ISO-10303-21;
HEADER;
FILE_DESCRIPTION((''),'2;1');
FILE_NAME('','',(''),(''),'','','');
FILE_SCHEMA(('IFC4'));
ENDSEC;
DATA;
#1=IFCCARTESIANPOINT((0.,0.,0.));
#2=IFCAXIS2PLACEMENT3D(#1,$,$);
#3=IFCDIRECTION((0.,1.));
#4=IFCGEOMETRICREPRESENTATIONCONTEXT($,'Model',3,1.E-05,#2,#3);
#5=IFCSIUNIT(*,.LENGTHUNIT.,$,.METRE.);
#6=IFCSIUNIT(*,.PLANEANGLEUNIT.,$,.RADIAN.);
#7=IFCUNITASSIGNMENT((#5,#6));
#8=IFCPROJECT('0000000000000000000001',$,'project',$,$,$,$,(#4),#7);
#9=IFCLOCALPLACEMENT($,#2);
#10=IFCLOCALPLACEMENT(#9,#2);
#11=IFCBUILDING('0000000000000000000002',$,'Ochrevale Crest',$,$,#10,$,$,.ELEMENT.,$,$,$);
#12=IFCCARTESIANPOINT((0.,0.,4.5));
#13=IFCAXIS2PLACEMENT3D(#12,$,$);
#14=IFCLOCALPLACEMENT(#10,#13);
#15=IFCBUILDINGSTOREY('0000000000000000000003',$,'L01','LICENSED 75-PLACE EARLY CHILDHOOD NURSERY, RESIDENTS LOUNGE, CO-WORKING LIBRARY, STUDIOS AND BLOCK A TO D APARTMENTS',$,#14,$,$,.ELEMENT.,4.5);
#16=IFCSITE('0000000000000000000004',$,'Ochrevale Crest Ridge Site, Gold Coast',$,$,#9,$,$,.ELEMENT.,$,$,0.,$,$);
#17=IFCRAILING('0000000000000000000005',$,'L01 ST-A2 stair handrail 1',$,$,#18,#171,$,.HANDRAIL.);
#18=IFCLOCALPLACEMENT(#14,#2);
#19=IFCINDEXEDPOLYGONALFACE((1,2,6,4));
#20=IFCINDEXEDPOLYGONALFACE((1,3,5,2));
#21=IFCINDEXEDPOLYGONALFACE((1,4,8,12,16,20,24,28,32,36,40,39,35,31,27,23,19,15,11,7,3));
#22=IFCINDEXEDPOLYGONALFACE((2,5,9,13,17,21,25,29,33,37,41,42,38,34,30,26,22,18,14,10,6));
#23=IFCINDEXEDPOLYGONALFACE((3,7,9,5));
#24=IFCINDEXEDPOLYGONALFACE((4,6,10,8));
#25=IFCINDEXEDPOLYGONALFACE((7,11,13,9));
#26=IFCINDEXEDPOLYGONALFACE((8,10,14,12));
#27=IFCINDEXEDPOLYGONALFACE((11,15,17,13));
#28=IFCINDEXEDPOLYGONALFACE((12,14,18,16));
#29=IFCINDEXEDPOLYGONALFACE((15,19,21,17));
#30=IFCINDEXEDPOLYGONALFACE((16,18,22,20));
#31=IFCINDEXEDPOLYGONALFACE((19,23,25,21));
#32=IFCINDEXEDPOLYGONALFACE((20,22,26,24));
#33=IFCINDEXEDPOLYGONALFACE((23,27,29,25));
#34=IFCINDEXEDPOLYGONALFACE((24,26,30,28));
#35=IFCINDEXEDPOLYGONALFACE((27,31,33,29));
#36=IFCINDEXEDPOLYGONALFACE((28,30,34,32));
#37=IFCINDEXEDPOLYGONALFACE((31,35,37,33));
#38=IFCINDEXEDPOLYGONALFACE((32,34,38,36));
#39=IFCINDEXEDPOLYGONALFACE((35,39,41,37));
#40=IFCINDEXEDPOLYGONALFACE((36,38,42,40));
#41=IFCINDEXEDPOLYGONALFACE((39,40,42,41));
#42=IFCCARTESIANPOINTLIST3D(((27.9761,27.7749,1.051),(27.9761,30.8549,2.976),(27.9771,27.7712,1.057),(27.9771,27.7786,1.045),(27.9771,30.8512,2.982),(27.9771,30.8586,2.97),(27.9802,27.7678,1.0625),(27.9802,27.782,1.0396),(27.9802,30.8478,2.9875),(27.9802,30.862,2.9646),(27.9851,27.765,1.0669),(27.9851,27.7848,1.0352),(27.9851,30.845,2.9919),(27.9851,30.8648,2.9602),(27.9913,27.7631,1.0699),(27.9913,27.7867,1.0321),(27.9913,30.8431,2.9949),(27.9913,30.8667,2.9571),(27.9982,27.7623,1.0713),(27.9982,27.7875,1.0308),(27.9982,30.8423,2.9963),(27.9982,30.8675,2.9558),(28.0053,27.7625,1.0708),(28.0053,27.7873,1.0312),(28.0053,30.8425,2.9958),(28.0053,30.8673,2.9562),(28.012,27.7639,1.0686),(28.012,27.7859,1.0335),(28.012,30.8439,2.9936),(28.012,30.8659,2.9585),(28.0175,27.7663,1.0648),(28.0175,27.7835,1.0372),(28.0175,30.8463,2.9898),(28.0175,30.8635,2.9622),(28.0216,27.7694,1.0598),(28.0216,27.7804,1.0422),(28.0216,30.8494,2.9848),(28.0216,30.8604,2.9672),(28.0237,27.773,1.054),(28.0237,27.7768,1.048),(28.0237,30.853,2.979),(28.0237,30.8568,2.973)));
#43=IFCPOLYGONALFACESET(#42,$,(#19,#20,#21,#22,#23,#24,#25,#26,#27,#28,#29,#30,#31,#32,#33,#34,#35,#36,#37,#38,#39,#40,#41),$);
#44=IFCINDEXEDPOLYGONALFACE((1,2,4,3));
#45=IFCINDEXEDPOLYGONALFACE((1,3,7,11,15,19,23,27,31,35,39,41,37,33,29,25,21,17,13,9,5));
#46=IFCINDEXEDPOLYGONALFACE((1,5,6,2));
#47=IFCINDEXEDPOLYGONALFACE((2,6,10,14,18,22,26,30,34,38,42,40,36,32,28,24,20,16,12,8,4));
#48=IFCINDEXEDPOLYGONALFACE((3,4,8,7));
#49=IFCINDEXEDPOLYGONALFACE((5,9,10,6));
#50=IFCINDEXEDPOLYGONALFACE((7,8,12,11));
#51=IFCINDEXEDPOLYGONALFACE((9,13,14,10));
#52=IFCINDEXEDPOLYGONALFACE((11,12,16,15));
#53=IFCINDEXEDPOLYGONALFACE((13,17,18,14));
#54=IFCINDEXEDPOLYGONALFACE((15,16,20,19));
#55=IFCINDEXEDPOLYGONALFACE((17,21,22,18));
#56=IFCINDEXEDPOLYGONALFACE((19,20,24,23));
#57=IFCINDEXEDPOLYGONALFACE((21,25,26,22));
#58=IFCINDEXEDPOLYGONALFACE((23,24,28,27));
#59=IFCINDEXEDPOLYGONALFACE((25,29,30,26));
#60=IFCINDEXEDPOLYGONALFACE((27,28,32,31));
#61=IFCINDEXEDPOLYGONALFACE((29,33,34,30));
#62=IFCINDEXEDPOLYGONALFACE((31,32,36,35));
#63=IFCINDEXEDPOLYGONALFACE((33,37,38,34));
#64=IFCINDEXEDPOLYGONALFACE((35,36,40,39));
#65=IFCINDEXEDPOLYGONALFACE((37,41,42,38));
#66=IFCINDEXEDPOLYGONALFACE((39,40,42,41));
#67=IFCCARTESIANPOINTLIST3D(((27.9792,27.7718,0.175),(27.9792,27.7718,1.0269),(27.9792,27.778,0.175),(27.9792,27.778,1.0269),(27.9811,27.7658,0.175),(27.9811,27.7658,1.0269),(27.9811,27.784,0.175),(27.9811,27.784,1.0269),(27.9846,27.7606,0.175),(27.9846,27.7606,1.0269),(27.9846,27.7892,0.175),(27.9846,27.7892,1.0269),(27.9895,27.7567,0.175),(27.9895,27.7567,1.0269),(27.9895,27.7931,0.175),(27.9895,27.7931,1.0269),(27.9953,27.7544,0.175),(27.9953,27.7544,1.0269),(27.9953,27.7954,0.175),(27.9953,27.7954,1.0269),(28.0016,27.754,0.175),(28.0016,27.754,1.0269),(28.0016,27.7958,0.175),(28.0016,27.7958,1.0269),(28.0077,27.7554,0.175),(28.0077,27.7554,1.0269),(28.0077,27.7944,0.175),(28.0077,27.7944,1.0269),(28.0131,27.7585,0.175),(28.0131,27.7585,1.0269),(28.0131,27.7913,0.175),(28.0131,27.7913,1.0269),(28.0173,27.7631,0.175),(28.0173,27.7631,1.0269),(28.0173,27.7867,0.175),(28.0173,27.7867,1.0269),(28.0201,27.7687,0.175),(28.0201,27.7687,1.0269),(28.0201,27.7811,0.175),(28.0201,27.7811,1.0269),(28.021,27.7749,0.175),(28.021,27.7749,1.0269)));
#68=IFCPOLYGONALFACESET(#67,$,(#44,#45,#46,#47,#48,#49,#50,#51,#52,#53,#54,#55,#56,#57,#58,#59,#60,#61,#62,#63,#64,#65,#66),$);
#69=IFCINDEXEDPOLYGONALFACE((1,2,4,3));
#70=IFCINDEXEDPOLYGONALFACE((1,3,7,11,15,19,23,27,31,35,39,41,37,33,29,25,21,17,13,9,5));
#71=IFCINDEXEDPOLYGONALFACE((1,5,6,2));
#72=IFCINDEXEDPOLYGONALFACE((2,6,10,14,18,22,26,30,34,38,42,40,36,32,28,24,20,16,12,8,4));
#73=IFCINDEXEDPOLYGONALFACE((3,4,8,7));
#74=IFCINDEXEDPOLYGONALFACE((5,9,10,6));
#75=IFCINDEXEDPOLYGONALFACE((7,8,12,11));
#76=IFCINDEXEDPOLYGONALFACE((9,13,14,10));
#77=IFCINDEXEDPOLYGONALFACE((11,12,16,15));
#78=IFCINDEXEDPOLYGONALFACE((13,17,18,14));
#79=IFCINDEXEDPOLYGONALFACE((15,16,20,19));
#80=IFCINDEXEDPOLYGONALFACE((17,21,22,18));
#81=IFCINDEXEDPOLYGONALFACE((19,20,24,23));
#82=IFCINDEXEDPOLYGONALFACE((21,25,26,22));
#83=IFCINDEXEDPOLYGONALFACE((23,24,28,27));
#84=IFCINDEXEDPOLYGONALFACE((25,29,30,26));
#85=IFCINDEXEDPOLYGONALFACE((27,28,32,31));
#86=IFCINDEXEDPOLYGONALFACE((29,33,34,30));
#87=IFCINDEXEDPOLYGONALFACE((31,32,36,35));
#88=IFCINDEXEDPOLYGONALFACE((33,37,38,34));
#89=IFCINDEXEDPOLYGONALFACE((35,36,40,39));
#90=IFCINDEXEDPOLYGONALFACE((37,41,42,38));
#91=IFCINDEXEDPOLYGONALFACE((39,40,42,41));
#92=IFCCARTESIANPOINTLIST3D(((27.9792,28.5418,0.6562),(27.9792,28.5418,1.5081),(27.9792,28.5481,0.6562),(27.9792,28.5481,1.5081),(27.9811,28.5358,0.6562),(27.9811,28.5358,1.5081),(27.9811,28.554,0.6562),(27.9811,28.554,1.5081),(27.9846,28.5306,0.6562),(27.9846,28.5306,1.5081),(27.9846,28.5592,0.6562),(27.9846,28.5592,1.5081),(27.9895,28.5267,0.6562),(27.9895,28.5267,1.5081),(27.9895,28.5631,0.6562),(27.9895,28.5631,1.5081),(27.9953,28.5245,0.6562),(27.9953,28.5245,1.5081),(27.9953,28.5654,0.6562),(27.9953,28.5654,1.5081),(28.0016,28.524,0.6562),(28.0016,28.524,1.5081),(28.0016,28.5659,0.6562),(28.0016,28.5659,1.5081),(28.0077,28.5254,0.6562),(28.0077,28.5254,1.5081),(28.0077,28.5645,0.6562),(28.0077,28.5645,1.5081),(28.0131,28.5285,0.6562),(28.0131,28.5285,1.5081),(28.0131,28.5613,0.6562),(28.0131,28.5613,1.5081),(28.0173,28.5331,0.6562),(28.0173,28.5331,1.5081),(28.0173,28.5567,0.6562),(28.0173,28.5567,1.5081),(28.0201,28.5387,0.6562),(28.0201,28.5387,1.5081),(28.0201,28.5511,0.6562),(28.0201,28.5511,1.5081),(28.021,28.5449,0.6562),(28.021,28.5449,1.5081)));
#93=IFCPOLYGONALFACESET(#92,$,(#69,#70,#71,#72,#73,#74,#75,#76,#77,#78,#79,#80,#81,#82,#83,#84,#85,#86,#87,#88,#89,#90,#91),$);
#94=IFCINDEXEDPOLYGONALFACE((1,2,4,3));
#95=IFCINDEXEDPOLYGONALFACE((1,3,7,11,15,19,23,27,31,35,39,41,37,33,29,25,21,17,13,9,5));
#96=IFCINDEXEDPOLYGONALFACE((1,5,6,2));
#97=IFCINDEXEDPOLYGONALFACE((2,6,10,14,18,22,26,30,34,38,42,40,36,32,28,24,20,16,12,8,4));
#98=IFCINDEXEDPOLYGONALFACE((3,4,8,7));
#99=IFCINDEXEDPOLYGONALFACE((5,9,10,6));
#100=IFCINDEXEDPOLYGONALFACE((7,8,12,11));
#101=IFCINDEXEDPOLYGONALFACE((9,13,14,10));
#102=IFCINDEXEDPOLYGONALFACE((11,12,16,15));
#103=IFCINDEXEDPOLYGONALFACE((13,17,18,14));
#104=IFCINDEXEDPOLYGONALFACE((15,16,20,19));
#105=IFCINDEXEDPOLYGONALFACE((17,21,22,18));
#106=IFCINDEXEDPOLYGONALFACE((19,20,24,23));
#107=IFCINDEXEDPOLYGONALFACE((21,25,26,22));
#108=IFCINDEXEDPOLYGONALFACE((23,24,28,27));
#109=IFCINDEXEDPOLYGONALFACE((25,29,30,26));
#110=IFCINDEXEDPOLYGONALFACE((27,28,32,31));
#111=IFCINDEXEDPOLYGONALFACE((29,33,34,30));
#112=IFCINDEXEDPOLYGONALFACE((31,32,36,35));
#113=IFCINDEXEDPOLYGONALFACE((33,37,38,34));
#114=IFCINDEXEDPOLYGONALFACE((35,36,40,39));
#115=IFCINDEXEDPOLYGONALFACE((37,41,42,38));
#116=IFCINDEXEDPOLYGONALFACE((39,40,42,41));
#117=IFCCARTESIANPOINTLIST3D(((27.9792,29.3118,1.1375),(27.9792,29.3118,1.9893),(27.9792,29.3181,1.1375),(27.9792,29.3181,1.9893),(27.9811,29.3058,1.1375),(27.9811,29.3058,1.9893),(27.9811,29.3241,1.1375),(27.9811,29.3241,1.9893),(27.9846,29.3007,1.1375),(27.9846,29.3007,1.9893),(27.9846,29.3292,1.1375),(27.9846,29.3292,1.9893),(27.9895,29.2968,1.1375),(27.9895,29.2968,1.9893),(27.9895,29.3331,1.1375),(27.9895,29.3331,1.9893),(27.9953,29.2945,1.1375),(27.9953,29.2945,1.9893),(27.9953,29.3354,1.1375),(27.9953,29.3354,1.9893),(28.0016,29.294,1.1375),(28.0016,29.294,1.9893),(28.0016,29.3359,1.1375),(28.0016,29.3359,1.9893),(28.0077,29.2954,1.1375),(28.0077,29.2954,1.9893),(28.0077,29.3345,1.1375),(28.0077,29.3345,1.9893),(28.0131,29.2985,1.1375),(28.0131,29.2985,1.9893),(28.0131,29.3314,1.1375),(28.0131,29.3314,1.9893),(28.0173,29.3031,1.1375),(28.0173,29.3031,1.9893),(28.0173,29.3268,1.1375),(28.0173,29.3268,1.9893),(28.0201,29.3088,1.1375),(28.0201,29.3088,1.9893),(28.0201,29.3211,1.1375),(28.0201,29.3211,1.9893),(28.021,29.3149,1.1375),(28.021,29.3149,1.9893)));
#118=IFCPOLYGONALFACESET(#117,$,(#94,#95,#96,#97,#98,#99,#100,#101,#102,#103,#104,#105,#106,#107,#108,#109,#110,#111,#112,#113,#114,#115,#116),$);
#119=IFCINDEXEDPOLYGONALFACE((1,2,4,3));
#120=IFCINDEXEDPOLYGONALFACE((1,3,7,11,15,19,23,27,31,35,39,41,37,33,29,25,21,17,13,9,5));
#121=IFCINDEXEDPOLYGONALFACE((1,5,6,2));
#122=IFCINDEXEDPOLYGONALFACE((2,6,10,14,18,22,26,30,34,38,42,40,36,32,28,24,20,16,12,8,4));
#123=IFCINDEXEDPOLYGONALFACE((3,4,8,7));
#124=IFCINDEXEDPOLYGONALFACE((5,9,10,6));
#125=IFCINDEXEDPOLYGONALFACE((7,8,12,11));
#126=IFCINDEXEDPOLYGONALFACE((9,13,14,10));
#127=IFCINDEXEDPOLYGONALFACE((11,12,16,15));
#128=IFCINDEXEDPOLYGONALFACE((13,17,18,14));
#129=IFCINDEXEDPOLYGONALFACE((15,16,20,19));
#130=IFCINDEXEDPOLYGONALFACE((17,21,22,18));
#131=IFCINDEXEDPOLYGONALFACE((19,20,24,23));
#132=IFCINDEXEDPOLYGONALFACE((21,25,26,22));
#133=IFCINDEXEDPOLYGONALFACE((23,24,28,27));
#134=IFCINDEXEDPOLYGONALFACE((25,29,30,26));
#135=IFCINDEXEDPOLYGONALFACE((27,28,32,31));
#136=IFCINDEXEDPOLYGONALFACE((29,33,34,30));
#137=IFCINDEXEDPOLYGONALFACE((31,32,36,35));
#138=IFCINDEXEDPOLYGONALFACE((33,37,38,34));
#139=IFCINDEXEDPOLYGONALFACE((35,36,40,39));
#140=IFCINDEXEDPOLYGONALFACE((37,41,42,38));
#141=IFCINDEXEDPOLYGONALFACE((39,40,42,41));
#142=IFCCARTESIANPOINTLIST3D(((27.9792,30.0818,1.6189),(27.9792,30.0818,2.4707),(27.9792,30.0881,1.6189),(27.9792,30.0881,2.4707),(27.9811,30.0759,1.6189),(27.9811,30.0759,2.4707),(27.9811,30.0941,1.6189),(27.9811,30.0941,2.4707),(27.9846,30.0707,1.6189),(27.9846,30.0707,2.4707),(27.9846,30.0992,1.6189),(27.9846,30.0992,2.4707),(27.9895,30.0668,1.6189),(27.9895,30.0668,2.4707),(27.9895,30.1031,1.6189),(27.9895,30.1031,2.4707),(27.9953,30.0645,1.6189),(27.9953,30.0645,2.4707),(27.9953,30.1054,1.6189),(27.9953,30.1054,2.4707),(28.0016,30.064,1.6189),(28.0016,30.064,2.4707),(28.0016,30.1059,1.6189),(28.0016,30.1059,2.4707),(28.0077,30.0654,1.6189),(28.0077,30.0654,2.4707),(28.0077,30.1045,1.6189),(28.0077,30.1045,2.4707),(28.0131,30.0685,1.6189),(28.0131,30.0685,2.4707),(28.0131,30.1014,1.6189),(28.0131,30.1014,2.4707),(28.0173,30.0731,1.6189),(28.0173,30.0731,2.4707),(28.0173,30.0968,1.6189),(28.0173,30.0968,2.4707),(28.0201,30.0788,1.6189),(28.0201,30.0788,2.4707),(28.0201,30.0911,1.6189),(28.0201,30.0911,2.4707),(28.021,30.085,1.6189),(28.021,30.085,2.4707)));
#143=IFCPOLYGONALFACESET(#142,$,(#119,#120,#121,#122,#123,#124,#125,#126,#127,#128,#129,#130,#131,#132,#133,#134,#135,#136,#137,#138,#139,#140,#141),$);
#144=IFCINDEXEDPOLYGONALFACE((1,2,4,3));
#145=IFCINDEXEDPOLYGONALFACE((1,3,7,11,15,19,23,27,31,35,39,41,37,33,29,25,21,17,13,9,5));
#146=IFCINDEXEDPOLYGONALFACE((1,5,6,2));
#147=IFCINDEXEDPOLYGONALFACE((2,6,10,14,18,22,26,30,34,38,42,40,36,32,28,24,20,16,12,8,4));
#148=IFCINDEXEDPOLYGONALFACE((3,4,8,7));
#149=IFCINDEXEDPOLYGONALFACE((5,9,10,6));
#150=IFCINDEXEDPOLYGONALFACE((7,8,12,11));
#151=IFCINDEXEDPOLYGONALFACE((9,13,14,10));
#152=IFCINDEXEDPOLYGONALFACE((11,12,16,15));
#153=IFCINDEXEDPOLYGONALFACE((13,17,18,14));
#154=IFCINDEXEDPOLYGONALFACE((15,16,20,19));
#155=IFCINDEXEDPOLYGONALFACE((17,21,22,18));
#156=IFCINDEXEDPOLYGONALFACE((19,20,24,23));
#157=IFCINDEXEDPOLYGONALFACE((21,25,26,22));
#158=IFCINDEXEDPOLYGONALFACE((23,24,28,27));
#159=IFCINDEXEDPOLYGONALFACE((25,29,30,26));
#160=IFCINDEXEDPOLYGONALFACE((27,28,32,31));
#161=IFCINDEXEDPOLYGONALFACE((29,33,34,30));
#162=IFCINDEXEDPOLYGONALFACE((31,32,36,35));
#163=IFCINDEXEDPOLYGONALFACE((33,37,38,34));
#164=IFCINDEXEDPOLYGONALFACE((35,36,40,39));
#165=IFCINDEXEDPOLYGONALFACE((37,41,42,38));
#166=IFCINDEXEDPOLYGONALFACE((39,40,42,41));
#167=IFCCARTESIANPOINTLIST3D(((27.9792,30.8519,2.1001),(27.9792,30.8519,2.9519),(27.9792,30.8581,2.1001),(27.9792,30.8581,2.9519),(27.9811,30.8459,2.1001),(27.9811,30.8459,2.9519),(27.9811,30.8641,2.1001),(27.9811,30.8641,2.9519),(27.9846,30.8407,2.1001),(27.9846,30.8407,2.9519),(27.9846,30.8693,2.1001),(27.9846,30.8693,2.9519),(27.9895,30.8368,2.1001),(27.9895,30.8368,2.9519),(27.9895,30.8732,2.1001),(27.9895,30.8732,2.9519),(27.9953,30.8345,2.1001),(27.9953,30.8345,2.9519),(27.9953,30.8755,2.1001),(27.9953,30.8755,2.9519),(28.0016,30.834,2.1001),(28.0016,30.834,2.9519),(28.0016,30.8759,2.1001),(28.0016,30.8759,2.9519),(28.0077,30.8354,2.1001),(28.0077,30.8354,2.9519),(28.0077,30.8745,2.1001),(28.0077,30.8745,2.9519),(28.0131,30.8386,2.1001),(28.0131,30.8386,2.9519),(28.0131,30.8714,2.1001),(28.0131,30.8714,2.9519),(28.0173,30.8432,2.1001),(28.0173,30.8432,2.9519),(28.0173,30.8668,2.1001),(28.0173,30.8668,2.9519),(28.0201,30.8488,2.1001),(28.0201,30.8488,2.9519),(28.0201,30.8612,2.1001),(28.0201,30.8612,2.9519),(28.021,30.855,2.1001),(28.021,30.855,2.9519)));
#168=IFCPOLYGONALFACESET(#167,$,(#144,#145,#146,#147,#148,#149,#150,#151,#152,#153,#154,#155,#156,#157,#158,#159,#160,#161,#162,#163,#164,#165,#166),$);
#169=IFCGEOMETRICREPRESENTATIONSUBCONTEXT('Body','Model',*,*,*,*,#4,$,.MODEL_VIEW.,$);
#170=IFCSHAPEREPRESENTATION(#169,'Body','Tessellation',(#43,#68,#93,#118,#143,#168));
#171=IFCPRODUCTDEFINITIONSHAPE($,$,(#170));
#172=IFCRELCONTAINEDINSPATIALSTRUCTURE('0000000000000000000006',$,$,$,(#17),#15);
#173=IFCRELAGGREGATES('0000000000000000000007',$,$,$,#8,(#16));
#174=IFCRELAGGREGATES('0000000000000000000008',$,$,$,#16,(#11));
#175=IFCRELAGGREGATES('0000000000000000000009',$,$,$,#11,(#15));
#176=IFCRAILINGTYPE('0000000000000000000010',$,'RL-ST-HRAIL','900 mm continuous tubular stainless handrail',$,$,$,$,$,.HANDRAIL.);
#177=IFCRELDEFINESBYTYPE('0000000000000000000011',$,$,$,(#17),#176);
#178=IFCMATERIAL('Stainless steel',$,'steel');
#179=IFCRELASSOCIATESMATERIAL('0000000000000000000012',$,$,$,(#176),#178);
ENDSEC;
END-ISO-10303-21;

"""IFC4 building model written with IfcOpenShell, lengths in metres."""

from ifc_helpers import new_model, si_unit, direction, frame, origin, origin_2d, place, context, subcontext, project, spatial, circle, extrude, material, type_object, element, save


model = new_model("IFC4")

# Units and contexts
model_context = context("Model", 3, precision=1e-05, world=origin(), true_north=direction((0.0, 1.0)))
body_context = subcontext(model_context, "Body", "Model", "MODEL_VIEW")
ifc_project = project(units=[si_unit("LENGTHUNIT", "METRE"), si_unit("PLANEANGLEUNIT", "RADIAN")], contexts=[model_context])

# Site, building, storey
site_placement = place(None, origin())
site = spatial("IfcSite", under=ifc_project, at=site_placement, Name="Ochrevale Crest Ridge Site, Gold Coast", CompositionType="ELEMENT", RefElevation=0.0)
building_placement = place(site_placement, origin())
building = spatial("IfcBuilding", under=site, at=building_placement, Name="Ochrevale Crest", CompositionType="ELEMENT")
storey_placement = place(building_placement, frame((0.0, 0.0, 4.5)))
storey = spatial("IfcBuildingStorey", under=building, at=storey_placement, Name="L01", Description="LICENSED 75-PLACE EARLY CHILDHOOD NURSERY, RESIDENTS LOUNGE, CO-WORKING LIBRARY, STUDIOS AND BLOCK A TO D APARTMENTS", CompositionType="ELEMENT", Elevation=4.5)

# Railing
ifc_material_1 = material(Name="Stainless steel", Category="steel")
railing_type_1 = type_object("IfcRailingType", Name="RL-ST-HRAIL", Description="900 mm continuous tubular stainless handrail", PredefinedType="HANDRAIL", material=ifc_material_1)
railing_1_placement = place(storey_placement, frame((28.0, 27.7749, 0.175)))
element("IfcRailing", 1, at=railing_1_placement, inside=storey, type_object=railing_type_1, Name="L01 ST-A2 stair handrail 1", PredefinedType="HANDRAIL", context=body_context, shape_type="SweptSolid", body=[
    extrude(circle(Radius=0.0239, at=origin_2d()), frame((0.0, 0.0, 0.876), z_axis=(0.0, 0.847998, 0.529999), x_axis=(-1.0, 0.0, 0.0)), (0.0, 0.0, 1.0), 3.6321),
    extrude(circle(Radius=0.021, at=origin_2d()), origin(), (0.0, 0.0, 1.0), 0.8518),
    extrude(circle(Radius=0.021, at=origin_2d()), frame((0.0, 0.77, 0.4812)), (0.0, 0.0, 1.0), 0.8518),
    extrude(circle(Radius=0.021, at=origin_2d()), frame((0.0, 1.54, 0.9624)), (0.0, 0.0, 1.0), 0.8518),
    extrude(circle(Radius=0.021, at=origin_2d()), frame((0.0, 2.3101, 1.4438)), (0.0, 0.0, 1.0), 0.8518),
    extrude(circle(Radius=0.021, at=origin_2d()), frame((0.0, 3.0801, 1.925)), (0.0, 0.0, 1.0), 0.8518),
])

save(model, "model.ifc")
